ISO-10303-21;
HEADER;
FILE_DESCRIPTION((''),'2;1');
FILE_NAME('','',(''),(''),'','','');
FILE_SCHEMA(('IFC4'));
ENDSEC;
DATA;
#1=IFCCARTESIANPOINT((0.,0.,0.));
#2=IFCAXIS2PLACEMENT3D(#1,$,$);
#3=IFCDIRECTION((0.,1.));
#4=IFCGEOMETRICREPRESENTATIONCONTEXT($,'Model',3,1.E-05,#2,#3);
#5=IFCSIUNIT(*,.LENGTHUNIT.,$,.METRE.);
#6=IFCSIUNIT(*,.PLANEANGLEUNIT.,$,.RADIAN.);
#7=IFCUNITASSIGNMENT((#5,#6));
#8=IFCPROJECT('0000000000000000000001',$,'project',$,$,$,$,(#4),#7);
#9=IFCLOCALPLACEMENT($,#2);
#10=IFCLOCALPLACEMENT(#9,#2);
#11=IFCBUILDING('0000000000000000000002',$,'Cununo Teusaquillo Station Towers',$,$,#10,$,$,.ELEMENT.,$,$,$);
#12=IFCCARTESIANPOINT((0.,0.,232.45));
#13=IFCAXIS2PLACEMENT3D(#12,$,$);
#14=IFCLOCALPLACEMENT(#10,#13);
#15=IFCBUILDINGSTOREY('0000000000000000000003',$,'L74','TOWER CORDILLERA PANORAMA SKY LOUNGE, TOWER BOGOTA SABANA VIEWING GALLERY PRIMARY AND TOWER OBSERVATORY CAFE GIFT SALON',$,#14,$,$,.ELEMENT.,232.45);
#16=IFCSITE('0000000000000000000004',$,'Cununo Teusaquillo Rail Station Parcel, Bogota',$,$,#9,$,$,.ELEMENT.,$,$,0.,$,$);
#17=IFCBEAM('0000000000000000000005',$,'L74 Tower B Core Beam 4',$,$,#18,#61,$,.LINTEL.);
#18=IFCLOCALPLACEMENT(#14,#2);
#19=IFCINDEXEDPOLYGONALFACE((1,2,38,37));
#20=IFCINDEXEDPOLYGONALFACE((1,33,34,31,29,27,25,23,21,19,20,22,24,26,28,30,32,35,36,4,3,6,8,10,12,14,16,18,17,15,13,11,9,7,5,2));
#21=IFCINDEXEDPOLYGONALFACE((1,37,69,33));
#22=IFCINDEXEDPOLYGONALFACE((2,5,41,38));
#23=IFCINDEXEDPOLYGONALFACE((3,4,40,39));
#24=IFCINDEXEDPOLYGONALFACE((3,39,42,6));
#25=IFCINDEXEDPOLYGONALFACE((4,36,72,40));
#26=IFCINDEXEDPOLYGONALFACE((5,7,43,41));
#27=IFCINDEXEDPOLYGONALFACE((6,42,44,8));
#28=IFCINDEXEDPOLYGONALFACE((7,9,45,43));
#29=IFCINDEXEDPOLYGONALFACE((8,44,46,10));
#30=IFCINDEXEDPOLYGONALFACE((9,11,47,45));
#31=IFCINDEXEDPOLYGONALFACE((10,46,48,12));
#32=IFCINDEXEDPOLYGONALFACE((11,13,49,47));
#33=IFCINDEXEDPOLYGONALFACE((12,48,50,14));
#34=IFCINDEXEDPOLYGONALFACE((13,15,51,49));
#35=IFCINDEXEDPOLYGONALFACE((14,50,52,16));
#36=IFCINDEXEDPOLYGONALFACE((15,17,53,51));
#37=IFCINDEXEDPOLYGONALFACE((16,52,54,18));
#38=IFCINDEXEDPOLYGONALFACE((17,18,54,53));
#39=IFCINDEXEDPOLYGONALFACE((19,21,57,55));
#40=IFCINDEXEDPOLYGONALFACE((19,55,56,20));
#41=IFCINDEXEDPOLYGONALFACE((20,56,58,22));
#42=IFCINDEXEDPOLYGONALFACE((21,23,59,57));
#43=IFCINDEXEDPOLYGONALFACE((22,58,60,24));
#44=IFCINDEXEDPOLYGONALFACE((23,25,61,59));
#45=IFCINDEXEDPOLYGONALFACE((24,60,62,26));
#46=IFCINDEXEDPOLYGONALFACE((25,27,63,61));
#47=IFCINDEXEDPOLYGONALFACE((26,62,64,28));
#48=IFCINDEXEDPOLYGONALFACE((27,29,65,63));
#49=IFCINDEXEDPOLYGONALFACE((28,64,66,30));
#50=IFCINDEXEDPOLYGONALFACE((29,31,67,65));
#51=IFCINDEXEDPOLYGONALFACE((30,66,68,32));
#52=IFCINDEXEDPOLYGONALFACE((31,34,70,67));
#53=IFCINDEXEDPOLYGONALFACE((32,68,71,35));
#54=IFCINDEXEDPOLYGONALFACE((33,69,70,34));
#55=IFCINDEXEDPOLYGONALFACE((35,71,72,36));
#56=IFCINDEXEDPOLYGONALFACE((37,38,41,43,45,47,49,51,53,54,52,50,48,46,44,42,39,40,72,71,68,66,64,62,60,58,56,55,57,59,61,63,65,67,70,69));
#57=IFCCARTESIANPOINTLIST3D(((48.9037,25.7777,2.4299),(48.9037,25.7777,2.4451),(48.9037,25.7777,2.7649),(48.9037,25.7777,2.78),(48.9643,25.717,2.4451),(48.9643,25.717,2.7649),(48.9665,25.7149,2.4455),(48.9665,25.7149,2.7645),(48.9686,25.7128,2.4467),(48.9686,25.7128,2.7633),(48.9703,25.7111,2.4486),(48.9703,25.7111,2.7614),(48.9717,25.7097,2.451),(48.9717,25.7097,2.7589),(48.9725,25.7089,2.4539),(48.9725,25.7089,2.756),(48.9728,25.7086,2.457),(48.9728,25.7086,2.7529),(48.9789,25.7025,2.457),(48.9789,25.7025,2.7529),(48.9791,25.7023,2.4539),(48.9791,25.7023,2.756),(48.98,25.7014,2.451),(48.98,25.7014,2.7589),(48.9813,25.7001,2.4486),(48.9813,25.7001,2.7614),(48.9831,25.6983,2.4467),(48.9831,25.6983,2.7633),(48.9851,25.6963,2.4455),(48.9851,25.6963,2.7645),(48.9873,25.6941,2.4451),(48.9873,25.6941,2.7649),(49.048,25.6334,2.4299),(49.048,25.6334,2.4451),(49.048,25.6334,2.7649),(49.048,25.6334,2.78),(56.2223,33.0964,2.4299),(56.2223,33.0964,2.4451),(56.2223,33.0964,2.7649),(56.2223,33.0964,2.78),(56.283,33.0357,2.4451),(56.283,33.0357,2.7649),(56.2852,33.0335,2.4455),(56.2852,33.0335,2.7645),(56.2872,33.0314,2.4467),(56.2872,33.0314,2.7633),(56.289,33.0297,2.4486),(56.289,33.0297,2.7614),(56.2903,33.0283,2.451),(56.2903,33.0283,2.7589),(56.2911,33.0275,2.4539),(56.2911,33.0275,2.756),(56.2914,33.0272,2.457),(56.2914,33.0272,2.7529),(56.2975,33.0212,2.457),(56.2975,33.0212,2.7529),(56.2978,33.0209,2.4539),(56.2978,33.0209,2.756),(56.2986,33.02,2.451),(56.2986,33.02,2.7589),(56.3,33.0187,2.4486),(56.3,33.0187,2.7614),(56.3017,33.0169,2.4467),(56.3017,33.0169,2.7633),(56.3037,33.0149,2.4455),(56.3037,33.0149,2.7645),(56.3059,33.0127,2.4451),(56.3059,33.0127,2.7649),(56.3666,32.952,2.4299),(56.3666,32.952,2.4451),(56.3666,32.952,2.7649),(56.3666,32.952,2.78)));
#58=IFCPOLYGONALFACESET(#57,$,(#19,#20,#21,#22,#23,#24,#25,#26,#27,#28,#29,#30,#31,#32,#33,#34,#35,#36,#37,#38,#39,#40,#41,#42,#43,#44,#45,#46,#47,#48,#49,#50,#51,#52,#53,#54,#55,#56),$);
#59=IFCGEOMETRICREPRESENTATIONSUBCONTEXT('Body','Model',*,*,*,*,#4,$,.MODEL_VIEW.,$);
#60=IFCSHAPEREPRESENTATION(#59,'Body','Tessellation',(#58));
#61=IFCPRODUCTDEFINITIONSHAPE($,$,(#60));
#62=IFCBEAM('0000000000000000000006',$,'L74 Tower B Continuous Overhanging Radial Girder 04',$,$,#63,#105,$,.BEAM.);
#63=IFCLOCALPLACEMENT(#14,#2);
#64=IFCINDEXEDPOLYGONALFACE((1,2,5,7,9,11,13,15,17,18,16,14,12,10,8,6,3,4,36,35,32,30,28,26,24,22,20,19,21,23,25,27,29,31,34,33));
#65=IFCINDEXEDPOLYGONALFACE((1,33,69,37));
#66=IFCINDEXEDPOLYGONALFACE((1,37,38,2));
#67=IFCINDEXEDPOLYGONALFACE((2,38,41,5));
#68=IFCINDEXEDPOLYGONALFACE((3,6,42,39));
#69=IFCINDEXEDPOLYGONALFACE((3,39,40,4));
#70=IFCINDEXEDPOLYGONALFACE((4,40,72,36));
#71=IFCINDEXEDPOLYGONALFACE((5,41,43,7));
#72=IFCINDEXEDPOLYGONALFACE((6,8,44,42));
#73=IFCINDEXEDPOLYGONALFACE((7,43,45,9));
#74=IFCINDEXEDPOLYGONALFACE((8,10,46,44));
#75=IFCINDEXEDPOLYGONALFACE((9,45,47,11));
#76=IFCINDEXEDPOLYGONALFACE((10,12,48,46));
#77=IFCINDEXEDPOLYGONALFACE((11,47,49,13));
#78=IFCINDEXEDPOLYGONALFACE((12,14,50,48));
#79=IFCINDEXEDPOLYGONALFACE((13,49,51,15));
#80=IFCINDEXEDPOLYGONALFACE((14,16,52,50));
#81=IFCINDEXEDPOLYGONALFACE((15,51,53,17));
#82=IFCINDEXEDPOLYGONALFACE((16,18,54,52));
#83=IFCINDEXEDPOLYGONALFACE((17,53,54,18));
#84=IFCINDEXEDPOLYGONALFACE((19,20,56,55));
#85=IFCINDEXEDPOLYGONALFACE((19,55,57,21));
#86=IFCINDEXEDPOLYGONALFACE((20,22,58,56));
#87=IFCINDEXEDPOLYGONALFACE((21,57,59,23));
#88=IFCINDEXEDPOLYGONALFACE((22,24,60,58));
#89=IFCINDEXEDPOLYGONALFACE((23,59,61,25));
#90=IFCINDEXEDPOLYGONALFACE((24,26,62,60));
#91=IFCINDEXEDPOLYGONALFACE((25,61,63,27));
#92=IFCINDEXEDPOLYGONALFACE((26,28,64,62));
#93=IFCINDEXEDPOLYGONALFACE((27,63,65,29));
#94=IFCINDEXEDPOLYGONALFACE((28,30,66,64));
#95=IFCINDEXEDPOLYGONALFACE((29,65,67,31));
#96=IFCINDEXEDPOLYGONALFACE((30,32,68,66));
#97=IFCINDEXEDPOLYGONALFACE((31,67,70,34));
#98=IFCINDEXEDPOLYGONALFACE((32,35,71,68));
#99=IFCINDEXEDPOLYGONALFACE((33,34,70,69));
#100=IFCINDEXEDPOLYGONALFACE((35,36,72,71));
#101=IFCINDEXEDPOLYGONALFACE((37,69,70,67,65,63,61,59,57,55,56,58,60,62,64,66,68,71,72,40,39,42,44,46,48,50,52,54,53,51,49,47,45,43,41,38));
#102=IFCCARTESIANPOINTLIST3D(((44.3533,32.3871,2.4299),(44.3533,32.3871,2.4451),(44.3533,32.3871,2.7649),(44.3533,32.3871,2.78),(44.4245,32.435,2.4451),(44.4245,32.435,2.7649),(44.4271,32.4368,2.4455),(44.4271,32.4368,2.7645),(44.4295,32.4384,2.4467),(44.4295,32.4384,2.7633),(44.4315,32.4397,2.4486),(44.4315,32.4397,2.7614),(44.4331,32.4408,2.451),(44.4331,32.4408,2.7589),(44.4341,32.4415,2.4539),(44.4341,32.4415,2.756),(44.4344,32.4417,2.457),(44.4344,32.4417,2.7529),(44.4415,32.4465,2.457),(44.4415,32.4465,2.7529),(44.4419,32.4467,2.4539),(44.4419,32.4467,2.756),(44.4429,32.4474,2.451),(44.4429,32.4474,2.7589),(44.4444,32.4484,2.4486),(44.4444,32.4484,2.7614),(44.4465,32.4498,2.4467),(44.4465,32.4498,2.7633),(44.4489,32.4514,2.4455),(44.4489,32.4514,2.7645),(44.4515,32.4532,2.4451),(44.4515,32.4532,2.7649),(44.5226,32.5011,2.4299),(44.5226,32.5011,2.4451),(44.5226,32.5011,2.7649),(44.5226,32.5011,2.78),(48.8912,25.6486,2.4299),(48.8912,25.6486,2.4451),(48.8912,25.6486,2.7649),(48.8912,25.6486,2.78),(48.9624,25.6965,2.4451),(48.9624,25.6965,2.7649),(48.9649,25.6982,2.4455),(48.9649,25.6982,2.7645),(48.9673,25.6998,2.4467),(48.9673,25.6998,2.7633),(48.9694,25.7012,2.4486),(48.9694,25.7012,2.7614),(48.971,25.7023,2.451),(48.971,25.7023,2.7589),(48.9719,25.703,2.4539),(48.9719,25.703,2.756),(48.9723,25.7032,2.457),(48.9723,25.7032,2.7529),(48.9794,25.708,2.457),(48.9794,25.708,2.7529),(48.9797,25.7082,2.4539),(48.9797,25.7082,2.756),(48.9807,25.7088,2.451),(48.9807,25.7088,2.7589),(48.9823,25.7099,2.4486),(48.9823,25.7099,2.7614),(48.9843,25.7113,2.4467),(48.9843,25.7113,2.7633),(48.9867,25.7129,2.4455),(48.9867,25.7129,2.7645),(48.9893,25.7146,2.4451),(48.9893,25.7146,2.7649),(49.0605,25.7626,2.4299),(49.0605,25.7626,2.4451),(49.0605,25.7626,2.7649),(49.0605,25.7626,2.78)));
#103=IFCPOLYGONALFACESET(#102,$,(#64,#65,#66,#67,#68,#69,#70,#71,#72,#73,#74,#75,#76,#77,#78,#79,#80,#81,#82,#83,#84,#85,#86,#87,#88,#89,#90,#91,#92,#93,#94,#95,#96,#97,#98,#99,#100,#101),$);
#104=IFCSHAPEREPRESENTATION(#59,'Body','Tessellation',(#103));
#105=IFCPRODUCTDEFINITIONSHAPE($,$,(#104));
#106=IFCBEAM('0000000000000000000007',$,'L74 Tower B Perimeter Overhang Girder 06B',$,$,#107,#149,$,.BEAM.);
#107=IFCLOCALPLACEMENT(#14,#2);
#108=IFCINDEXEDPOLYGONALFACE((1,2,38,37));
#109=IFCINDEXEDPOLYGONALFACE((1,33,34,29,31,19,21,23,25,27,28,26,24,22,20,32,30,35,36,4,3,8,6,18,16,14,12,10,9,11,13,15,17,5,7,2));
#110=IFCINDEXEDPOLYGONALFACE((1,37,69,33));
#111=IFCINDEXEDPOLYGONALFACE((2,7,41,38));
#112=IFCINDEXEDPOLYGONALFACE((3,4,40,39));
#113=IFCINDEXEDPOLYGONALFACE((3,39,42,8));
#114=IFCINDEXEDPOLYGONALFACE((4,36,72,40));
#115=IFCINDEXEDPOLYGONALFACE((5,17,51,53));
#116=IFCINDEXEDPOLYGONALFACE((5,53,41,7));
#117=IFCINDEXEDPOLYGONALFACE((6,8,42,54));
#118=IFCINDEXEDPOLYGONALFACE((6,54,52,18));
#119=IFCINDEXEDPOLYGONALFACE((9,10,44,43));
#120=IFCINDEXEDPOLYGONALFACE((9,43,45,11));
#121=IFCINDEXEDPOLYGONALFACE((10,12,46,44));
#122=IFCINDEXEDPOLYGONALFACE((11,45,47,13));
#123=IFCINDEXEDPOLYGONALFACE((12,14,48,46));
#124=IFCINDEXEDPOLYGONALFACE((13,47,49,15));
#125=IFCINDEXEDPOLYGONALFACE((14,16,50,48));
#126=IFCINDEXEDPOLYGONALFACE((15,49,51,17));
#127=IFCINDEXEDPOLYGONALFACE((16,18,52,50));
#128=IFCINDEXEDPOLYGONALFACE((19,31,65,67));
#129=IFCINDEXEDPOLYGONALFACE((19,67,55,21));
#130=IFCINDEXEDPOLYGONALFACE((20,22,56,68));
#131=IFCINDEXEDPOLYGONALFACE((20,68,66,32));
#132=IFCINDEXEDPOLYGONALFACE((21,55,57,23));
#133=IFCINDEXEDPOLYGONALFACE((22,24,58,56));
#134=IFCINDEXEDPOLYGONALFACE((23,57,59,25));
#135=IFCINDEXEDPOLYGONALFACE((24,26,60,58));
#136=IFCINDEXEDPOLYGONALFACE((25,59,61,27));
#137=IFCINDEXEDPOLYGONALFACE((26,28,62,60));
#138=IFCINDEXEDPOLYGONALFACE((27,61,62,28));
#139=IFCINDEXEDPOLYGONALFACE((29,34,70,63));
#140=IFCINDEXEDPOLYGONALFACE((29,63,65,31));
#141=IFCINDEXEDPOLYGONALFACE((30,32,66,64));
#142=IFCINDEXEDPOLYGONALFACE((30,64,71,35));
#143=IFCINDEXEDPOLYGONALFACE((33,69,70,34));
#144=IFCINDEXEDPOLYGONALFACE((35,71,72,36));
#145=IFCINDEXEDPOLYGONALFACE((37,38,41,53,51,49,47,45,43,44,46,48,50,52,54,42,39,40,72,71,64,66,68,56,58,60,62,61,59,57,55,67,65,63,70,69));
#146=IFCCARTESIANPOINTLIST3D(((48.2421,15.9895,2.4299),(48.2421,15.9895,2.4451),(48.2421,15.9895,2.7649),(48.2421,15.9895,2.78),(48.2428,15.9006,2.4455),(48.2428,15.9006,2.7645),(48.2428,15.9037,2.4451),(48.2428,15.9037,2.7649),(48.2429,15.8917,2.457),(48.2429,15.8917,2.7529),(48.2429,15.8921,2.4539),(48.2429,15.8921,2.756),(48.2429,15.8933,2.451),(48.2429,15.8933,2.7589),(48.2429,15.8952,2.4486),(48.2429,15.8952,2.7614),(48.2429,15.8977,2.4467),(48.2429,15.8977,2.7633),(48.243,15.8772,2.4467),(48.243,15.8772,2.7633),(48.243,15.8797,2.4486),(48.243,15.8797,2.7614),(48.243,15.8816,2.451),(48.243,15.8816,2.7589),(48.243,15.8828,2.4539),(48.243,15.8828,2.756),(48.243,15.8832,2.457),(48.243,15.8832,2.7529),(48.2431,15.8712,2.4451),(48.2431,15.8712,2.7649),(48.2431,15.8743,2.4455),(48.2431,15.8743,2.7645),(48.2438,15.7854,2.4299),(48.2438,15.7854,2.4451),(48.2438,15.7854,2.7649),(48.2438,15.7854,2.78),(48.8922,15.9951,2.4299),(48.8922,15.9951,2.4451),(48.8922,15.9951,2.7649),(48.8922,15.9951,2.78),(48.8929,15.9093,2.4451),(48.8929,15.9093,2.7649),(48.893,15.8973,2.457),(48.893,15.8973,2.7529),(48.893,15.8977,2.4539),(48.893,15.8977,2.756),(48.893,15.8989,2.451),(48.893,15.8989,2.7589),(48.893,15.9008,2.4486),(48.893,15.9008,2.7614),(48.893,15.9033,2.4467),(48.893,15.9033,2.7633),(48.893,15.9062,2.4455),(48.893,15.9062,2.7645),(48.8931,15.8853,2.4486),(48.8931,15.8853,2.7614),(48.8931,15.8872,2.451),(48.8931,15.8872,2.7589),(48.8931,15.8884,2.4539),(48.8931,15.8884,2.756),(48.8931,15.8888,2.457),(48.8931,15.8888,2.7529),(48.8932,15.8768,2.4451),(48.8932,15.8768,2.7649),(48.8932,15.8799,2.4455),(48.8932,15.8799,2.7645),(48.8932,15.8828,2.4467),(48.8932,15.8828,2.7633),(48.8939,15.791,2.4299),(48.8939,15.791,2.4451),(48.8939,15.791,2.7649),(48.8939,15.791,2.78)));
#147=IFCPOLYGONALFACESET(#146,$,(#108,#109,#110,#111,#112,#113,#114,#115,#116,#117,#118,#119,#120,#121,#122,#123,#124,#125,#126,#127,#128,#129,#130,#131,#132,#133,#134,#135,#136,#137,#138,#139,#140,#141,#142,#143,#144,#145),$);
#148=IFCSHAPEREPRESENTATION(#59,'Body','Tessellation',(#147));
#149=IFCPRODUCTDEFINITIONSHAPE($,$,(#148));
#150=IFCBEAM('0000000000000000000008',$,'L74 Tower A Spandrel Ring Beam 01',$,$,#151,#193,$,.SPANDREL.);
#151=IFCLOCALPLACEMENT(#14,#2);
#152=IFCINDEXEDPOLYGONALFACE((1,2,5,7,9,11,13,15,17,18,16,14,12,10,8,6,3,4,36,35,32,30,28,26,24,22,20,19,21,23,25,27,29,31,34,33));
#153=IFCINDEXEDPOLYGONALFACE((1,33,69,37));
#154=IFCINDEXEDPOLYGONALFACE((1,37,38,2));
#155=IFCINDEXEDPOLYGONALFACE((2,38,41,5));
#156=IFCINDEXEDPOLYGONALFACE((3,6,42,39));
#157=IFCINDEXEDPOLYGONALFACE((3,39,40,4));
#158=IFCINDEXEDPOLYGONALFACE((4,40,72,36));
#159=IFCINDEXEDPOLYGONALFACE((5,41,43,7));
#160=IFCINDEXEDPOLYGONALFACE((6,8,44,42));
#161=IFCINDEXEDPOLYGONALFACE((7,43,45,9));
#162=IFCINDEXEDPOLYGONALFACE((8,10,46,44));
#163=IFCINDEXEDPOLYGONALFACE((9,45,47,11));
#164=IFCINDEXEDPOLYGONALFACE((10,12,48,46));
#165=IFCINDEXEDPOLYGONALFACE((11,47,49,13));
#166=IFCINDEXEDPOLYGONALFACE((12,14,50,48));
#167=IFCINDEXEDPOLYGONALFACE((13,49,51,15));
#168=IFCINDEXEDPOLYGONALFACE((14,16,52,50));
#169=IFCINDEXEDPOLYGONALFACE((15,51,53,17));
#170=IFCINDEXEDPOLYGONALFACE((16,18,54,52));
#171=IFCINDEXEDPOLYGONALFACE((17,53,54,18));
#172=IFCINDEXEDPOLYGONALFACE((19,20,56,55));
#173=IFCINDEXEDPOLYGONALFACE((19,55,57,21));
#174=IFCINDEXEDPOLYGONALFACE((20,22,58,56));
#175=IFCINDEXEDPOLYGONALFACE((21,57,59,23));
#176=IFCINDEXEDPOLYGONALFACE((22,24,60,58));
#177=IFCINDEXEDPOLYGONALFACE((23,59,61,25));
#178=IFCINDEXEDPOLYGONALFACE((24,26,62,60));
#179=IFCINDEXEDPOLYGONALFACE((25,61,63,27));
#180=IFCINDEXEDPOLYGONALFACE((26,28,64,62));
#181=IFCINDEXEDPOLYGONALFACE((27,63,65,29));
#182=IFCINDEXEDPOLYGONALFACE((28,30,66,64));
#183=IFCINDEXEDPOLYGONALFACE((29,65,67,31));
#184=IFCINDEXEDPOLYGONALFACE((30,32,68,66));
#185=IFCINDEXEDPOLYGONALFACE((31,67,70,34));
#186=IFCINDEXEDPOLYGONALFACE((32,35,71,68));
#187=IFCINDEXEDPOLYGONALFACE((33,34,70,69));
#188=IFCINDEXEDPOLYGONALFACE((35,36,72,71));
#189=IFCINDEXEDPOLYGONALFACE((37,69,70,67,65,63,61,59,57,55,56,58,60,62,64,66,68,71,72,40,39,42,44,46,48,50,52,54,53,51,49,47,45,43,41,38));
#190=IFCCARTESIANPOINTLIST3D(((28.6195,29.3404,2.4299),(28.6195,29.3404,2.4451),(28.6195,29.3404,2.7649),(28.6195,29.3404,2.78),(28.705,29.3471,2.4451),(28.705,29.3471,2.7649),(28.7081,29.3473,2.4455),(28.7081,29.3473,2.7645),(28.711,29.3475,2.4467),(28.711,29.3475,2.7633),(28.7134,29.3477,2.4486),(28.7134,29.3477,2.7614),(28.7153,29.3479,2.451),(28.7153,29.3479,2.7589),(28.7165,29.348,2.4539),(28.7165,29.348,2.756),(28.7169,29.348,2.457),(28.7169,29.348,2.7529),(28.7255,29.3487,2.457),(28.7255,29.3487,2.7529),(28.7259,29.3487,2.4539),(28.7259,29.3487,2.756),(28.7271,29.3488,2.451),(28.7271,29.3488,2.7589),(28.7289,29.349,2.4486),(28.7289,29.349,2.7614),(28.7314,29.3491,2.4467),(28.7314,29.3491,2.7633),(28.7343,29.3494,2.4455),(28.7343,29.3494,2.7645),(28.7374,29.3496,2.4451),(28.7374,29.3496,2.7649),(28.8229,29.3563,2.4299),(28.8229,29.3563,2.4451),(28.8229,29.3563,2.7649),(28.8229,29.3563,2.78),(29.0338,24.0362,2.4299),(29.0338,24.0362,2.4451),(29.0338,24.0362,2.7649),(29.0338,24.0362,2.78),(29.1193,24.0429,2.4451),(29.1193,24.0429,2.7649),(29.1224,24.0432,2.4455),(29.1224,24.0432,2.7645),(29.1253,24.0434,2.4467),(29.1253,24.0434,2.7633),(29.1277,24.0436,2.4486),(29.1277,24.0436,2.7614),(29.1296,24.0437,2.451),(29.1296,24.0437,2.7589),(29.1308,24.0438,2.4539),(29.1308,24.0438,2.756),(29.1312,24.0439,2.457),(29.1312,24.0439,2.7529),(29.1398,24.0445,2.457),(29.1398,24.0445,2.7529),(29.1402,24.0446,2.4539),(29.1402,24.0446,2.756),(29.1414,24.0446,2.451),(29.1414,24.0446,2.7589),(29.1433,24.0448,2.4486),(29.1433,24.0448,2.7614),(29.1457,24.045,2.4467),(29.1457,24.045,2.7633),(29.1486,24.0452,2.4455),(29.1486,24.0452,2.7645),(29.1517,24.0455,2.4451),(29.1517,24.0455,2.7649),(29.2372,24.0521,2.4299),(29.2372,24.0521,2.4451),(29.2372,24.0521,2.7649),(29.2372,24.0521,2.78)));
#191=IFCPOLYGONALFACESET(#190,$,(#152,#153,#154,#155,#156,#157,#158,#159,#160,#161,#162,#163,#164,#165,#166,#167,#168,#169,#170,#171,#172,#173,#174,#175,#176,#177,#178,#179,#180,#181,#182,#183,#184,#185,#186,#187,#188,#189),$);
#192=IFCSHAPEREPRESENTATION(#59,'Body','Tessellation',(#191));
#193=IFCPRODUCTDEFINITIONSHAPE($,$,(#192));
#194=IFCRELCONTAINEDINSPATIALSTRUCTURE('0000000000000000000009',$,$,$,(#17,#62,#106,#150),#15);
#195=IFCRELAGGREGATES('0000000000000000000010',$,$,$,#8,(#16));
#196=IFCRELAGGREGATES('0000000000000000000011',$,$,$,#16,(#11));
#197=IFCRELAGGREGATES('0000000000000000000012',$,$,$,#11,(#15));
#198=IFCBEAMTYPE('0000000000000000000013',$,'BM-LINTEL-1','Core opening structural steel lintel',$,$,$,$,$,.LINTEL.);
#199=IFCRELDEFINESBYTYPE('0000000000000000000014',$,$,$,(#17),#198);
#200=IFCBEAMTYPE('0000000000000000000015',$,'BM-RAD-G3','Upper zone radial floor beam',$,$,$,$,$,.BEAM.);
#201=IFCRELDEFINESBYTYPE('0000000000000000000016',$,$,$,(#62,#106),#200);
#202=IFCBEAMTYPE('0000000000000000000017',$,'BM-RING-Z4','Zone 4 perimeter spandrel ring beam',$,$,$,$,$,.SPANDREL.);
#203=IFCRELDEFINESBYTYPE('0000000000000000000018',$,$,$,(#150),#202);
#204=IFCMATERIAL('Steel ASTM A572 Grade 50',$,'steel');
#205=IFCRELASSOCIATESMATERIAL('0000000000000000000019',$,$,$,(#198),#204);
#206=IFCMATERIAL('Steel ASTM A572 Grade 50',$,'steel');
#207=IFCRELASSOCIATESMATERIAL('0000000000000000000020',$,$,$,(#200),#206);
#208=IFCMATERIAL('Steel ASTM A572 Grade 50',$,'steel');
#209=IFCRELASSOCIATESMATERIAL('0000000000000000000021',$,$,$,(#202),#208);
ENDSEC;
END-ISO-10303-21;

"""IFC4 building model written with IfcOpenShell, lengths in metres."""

from ifc_helpers import new_model, si_unit, direction, frame, origin, origin_2d, place, context, subcontext, project, spatial, i_section, extrude, material, material_profile, profile_set, type_object, element, save


model = new_model("IFC4")

# Units and contexts
model_context = context("Model", 3, precision=1e-05, world=origin(), true_north=direction((0.0, 1.0)))
body_context = subcontext(model_context, "Body", "Model", "MODEL_VIEW")
ifc_project = project(units=[si_unit("LENGTHUNIT", "METRE"), si_unit("PLANEANGLEUNIT", "RADIAN")], contexts=[model_context])

# Site, building, storey
site_placement = place(None, origin())
site = spatial("IfcSite", under=ifc_project, at=site_placement, Name="Cununo Teusaquillo Rail Station Parcel, Bogota", CompositionType="ELEMENT", RefElevation=0.0)
building_placement = place(site_placement, origin())
building = spatial("IfcBuilding", under=site, at=building_placement, Name="Cununo Teusaquillo Station Towers", CompositionType="ELEMENT")
storey_placement = place(building_placement, frame((0.0, 0.0, 232.45)))
storey = spatial("IfcBuildingStorey", under=building, at=storey_placement, Name="L74", Description="TOWER CORDILLERA PANORAMA SKY LOUNGE, TOWER BOGOTA SABANA VIEWING GALLERY PRIMARY AND TOWER OBSERVATORY CAFE GIFT SALON", CompositionType="ELEMENT", Elevation=232.45)

# Beams
ifc_material_1 = material(Name="Steel ASTM A572 Grade 50", Category="steel")
ifc_material_profile_1 = material_profile(ifc_material_1, i_section(OverallWidth=0.2041, OverallDepth=0.3501, WebThickness=0.0085, FlangeThickness=0.0151, FilletRadius=0.012, at=origin_2d()), Name="W14X48")
ifc_profile_set_1 = profile_set([ifc_material_profile_1], Name="Steel ASTM A572 Grade 50")
beam_type_1 = type_object("IfcBeamType", Name="BM-LINTEL-1", Description="Core opening structural steel lintel", PredefinedType="LINTEL", material=ifc_profile_set_1)
beam_1_placement = place(storey_placement, frame((48.9758, 25.7056, 2.605), z_axis=(0.707107, 0.707107, 0.0), x_axis=(-0.707107, 0.707107, 0.0)))
element("IfcBeam", 1, at=beam_1_placement, inside=storey, type_object=beam_type_1, Name="L74 Tower B Core Beam 4", PredefinedType="LINTEL", context=body_context, shape_type="SweptSolid", body=[
    extrude(i_section(OverallWidth=0.2041, OverallDepth=0.3501, WebThickness=0.0085, FlangeThickness=0.0151, FilletRadius=0.012, at=origin_2d()), origin(), (0.0, 0.0, 1.0), 10.3501),
])
ifc_material_2 = material(Name="Steel ASTM A572 Grade 50", Category="steel")
ifc_material_profile_2 = material_profile(ifc_material_2, i_section(OverallWidth=0.2041, OverallDepth=0.3501, WebThickness=0.0085, FlangeThickness=0.0151, FilletRadius=0.012, at=origin_2d()), Name="W14X48")
ifc_profile_set_2 = profile_set([ifc_material_profile_2], Name="Steel ASTM A572 Grade 50")
beam_type_2 = type_object("IfcBeamType", Name="BM-RAD-G3", Description="Upper zone radial floor beam", PredefinedType="BEAM", material=ifc_profile_set_2)
beam_2_placement = place(storey_placement, frame((48.9758, 25.7056, 2.605), z_axis=(-0.558571, 0.829457, 0.0), x_axis=(-0.829457, -0.558571, 0.0)))
element("IfcBeam", 2, at=beam_2_placement, inside=storey, type_object=beam_type_2, Name="L74 Tower B Continuous Overhanging Radial Girder 04", PredefinedType="BEAM", context=body_context, shape_type="SweptSolid", body=[
    extrude(i_section(OverallWidth=0.2041, OverallDepth=0.3501, WebThickness=0.0085, FlangeThickness=0.0151, FilletRadius=0.012, at=origin_2d()), origin(), (0.0, 0.0, 1.0), 8.124),
])
beam_3_placement = place(storey_placement, frame((48.8931, 15.8931, 2.605), z_axis=(-0.999963, -0.008637, 0.0), x_axis=(0.008637, -0.999963, 0.0)))
element("IfcBeam", 3, at=beam_3_placement, inside=storey, type_object=beam_type_2, Name="L74 Tower B Perimeter Overhang Girder 06B", PredefinedType="BEAM", context=body_context, shape_type="SweptSolid", body=[
    extrude(i_section(OverallWidth=0.2041, OverallDepth=0.3501, WebThickness=0.0085, FlangeThickness=0.0151, FilletRadius=0.012, at=origin_2d()), origin(), (0.0, 0.0, 1.0), 0.6501),
])
ifc_material_3 = material(Name="Steel ASTM A572 Grade 50", Category="steel")
ifc_material_profile_3 = material_profile(ifc_material_3, i_section(OverallWidth=0.2041, OverallDepth=0.3501, WebThickness=0.0085, FlangeThickness=0.0151, FilletRadius=0.012, at=origin_2d()), Name="W14X48")
ifc_profile_set_3 = profile_set([ifc_material_profile_3], Name="Steel ASTM A572 Grade 50")
beam_type_3 = type_object("IfcBeamType", Name="BM-RING-Z4", Description="Zone 4 perimeter spandrel ring beam", PredefinedType="SPANDREL", material=ifc_profile_set_3)
beam_4_placement = place(storey_placement, frame((29.1355, 24.0442, 2.605), z_axis=(-0.077872, 0.996963, 0.0), x_axis=(-0.996963, -0.077872, 0.0)))
element("IfcBeam", 4, at=beam_4_placement, inside=storey, type_object=beam_type_3, Name="L74 Tower A Spandrel Ring Beam 01", PredefinedType="SPANDREL", context=body_context, shape_type="SweptSolid", body=[
    extrude(i_section(OverallWidth=0.2041, OverallDepth=0.3501, WebThickness=0.0085, FlangeThickness=0.0151, FilletRadius=0.012, at=origin_2d()), origin(), (0.0, 0.0, 1.0), 5.3203),
])

save(model, "model.ifc")
